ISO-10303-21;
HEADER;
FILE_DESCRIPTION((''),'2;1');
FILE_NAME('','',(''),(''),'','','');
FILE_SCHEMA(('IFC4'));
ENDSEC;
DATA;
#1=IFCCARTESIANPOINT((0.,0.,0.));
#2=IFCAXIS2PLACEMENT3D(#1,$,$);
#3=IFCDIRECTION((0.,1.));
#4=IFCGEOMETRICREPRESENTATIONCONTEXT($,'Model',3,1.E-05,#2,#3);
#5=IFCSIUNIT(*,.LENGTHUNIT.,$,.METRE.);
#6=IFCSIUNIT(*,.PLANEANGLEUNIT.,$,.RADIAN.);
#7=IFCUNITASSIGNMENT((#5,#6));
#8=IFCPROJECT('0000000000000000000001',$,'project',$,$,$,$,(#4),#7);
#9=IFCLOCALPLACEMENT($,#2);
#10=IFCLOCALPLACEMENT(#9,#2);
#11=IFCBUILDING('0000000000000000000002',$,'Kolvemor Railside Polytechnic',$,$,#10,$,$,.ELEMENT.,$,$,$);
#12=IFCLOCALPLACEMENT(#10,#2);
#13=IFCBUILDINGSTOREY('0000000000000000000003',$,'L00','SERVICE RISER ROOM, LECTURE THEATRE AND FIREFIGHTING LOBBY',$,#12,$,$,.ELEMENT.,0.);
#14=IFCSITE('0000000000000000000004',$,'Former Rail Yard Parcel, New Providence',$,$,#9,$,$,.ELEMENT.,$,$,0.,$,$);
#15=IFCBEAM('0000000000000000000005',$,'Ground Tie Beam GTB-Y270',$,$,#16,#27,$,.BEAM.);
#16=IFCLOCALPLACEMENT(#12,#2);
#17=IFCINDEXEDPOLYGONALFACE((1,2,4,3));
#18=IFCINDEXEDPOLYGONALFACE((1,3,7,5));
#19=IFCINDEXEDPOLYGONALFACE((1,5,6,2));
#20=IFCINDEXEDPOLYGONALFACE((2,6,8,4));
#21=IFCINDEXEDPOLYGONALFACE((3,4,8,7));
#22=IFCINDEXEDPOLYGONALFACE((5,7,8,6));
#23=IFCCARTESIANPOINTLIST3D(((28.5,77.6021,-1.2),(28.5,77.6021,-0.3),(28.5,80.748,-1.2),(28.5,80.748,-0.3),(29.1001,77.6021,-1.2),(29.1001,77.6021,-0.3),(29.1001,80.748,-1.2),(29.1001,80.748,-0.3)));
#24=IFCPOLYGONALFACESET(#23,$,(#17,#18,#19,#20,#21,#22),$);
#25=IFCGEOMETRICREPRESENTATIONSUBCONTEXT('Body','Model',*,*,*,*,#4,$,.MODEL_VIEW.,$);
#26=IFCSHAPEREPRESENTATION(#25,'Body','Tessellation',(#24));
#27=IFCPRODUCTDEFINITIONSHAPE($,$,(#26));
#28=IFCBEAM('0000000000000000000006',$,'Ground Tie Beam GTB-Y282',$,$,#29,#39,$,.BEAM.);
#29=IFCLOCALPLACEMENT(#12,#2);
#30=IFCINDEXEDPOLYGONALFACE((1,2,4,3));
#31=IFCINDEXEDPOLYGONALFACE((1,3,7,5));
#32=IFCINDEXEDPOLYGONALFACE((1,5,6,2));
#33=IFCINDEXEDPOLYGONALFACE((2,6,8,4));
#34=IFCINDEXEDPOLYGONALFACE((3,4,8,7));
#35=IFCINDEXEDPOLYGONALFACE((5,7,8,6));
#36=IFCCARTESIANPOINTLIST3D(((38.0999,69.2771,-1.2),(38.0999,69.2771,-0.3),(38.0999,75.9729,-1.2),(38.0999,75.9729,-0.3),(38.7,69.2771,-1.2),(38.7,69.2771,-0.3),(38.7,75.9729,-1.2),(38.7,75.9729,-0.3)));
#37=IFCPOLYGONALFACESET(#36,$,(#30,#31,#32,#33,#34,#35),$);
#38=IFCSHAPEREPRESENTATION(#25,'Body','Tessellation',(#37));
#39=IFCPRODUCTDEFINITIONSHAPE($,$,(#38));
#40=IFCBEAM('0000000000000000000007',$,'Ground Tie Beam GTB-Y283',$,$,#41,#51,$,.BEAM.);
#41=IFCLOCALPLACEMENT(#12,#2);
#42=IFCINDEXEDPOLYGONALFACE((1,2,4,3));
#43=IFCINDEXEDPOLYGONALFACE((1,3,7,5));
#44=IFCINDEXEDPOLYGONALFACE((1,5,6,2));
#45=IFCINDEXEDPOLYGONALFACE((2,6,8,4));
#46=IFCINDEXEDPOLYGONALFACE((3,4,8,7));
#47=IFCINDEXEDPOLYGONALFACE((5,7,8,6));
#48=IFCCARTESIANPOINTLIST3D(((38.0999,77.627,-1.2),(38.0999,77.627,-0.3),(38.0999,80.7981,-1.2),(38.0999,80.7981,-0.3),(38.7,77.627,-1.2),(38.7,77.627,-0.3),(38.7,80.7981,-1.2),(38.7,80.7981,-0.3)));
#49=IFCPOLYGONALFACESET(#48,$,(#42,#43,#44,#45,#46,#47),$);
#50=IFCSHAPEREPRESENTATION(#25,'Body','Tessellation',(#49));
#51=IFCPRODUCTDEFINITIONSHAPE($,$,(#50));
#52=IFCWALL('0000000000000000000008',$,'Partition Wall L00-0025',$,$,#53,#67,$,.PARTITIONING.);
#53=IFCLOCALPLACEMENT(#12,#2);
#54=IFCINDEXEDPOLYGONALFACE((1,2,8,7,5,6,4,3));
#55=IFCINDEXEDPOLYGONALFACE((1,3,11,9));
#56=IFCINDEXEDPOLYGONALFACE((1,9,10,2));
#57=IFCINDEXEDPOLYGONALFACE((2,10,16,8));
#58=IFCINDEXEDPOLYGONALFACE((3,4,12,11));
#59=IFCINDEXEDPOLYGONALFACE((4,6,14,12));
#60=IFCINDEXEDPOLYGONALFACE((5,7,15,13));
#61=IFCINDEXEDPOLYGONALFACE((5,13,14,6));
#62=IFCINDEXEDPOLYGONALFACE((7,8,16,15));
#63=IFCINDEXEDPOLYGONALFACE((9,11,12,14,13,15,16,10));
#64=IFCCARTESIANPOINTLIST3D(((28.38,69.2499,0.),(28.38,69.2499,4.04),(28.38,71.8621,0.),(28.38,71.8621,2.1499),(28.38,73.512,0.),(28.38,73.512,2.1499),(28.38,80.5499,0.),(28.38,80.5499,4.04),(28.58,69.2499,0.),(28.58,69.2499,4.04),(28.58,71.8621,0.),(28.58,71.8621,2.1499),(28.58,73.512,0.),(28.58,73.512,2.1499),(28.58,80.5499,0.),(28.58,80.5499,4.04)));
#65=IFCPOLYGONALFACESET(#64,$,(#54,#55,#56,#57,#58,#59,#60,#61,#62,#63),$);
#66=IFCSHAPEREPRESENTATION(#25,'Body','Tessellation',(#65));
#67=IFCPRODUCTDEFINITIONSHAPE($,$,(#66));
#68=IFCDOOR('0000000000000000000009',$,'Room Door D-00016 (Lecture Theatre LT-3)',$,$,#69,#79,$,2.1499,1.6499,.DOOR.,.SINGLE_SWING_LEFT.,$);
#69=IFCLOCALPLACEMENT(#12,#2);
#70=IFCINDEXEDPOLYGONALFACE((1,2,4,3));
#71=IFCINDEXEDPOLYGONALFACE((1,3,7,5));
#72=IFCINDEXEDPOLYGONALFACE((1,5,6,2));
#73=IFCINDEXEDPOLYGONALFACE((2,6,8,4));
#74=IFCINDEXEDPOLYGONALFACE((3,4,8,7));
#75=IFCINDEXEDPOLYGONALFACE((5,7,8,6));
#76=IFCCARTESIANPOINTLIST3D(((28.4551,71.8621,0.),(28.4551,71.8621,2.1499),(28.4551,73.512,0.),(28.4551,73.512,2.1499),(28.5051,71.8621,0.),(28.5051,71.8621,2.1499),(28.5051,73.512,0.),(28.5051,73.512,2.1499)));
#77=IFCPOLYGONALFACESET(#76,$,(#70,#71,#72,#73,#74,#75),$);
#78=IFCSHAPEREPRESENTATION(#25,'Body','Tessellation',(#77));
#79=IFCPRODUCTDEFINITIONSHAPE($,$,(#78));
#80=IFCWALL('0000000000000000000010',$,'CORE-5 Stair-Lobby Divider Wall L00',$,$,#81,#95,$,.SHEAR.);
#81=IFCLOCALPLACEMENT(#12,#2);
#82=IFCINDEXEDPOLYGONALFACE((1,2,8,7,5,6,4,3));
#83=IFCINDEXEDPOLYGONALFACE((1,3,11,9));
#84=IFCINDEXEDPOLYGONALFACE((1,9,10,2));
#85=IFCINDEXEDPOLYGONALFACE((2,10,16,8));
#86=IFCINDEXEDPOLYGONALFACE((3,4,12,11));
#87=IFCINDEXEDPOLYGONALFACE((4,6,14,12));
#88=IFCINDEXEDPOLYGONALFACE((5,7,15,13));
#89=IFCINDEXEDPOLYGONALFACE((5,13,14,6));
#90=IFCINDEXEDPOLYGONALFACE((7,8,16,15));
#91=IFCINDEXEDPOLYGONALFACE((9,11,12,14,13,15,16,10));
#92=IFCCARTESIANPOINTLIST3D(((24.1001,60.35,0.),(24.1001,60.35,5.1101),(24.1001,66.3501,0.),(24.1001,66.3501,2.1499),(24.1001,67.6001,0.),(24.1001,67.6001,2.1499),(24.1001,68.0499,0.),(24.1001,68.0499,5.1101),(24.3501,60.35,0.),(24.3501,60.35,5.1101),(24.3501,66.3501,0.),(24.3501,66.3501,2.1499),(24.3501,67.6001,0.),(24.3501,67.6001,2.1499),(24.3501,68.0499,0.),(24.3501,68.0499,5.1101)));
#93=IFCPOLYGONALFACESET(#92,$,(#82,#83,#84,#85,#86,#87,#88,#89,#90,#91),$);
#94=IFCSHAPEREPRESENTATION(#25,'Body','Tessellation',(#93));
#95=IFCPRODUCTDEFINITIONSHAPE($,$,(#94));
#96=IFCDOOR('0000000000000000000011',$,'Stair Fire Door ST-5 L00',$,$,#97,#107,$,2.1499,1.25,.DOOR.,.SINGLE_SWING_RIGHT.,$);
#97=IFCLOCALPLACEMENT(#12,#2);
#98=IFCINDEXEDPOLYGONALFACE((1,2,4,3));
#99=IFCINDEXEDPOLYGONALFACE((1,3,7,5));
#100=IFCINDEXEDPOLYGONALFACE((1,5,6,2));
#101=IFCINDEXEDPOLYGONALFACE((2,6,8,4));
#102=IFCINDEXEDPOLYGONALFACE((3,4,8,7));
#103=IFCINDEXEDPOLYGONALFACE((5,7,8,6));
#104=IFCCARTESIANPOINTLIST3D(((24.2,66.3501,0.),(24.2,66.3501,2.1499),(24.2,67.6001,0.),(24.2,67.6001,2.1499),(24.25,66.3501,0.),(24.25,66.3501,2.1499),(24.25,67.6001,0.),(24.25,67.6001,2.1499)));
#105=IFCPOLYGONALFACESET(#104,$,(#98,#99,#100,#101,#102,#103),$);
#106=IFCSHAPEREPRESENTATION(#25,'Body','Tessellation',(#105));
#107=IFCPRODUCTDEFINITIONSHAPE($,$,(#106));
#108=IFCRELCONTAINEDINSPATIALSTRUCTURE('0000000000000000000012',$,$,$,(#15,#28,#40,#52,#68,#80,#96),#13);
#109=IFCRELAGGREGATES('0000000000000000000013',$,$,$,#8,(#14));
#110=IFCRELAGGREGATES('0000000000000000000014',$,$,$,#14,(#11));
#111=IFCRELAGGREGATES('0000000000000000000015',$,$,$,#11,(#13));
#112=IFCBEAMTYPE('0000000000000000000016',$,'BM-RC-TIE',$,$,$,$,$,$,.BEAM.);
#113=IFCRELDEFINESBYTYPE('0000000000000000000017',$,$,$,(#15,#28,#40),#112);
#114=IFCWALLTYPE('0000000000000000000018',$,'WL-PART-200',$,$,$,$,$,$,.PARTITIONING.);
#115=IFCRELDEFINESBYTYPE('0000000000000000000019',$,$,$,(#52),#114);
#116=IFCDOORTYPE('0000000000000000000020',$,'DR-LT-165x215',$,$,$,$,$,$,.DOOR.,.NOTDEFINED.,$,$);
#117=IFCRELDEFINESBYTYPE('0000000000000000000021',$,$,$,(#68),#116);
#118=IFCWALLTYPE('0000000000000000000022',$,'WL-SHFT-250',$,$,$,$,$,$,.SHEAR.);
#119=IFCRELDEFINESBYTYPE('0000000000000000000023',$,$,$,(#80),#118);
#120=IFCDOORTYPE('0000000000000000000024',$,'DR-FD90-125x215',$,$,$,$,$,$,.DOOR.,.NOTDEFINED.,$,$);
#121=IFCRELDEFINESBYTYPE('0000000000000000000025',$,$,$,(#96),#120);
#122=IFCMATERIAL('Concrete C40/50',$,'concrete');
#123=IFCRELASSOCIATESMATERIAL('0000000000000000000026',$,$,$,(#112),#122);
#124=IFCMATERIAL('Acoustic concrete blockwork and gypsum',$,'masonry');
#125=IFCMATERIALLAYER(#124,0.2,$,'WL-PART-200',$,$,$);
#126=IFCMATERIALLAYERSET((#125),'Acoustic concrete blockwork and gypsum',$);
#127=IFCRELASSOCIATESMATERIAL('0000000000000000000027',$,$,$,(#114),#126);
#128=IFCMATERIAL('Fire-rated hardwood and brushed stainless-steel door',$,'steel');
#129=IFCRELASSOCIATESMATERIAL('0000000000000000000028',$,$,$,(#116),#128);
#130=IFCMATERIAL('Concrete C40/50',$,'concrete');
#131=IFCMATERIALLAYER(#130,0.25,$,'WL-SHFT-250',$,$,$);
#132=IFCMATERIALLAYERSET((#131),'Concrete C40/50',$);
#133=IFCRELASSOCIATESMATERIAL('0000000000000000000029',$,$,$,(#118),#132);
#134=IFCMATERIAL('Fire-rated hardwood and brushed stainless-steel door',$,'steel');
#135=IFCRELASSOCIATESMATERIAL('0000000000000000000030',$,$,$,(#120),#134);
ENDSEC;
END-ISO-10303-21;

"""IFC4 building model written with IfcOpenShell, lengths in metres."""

from ifc_helpers import new_model, si_unit, direction, frame, frame_2d, origin, origin_2d, place, context, subcontext, project, spatial, rectangle, extrude, material, layer, layer_set, material_profile, profile_set, type_object, element, fill, save


model = new_model("IFC4")

# Units and contexts
model_context = context("Model", 3, precision=1e-05, world=origin(), true_north=direction((0.0, 1.0)))
body_context = subcontext(model_context, "Body", "Model", "MODEL_VIEW")
ifc_project = project(units=[si_unit("LENGTHUNIT", "METRE"), si_unit("PLANEANGLEUNIT", "RADIAN")], contexts=[model_context])

# Site, building, storey
site_placement = place(None, origin())
site = spatial("IfcSite", under=ifc_project, at=site_placement, Name="Former Rail Yard Parcel, New Providence", CompositionType="ELEMENT", RefElevation=0.0)
building_placement = place(site_placement, origin())
building = spatial("IfcBuilding", under=site, at=building_placement, Name="Kolvemor Railside Polytechnic", CompositionType="ELEMENT")
storey_placement = place(building_placement, origin())
storey = spatial("IfcBuildingStorey", under=building, at=storey_placement, Name="L00", Description="SERVICE RISER ROOM, LECTURE THEATRE AND FIREFIGHTING LOBBY", CompositionType="ELEMENT", Elevation=0.0)

# Beams
ifc_material_1 = material(Name="Concrete C40/50", Category="concrete")
ifc_material_profile_1 = material_profile(ifc_material_1, rectangle(XDim=0.6001, YDim=0.8999, at=origin_2d()), Name="RC600x900")
ifc_profile_set_1 = profile_set([ifc_material_profile_1], Name="Concrete C40/50")
beam_type_1 = type_object("IfcBeamType", Name="BM-RC-TIE", PredefinedType="BEAM", material=ifc_profile_set_1)
beam_1_placement = place(storey_placement, frame((28.8, 77.6021, -0.75), z_axis=(0.0, 1.0, 0.0), x_axis=(-1.0, 0.0, 0.0)))
element("IfcBeam", 1, at=beam_1_placement, inside=storey, type_object=beam_type_1, Name="Ground Tie Beam GTB-Y270", PredefinedType="BEAM", context=body_context, shape_type="SweptSolid", body=[
    extrude(rectangle(XDim=0.6001, YDim=0.8999, at=origin_2d()), origin(), (0.0, 0.0, 1.0), 3.146),
])
beam_2_placement = place(storey_placement, frame((38.3999, 69.2771, -0.75), z_axis=(0.0, 1.0, 0.0), x_axis=(-1.0, 0.0, 0.0)))
element("IfcBeam", 2, at=beam_2_placement, inside=storey, type_object=beam_type_1, Name="Ground Tie Beam GTB-Y282", PredefinedType="BEAM", context=body_context, shape_type="SweptSolid", body=[
    extrude(rectangle(XDim=0.6001, YDim=0.8999, at=origin_2d()), origin(), (0.0, 0.0, 1.0), 6.6958),
])
beam_3_placement = place(storey_placement, frame((38.3999, 77.627, -0.75), z_axis=(0.0, 1.0, 0.0), x_axis=(-1.0, 0.0, 0.0)))
element("IfcBeam", 3, at=beam_3_placement, inside=storey, type_object=beam_type_1, Name="Ground Tie Beam GTB-Y283", PredefinedType="BEAM", context=body_context, shape_type="SweptSolid", body=[
    extrude(rectangle(XDim=0.6001, YDim=0.8999, at=origin_2d()), origin(), (0.0, 0.0, 1.0), 3.1711),
])

# Walls, openings, doors
ifc_material_2 = material(Name="Acoustic concrete blockwork and gypsum", Category="masonry")
ifc_layer_1 = layer(ifc_material_2, 0.2, Name="WL-PART-200")
ifc_layer_set_1 = layer_set([ifc_layer_1], Name="Acoustic concrete blockwork and gypsum")
wall_type_1 = type_object("IfcWallType", Name="WL-PART-200", PredefinedType="PARTITIONING", material=ifc_layer_set_1)
wall_1_placement = place(storey_placement, frame((28.48, 69.25, 0.0), z_axis=(0.0, 0.0, 1.0), x_axis=(0.0, 1.0, 0.0)))
wall_1 = element("IfcWall", 4, at=wall_1_placement, inside=storey, type_object=wall_type_1, Name="Partition Wall L00-0025", PredefinedType="PARTITIONING", context=body_context, shape_type="SweptSolid", body=[
    extrude(rectangle(XDim=11.3, YDim=0.2, at=frame_2d((5.6499, 0.0))), origin(), (0.0, 0.0, 1.0), 4.04),
])
opening_1_placement = place(wall_1_placement, frame((2.6121, 0.0, 0.0)))
opening_1 = element("IfcOpeningElement", 5, at=opening_1_placement, cuts=wall_1, PredefinedType="OPENING", context=body_context, shape_type="SweptSolid", body=[
    extrude(rectangle(XDim=1.6499, YDim=2.1499, at=frame_2d((0.825, 1.075))), frame((0.0, 0.1099, 0.0), z_axis=(0.0, -1.0, 0.0), x_axis=(1.0, 0.0, 0.0)), (0.0, 0.0, 1.0), 0.22),
])
ifc_material_3 = material(Name="Fire-rated hardwood and brushed stainless-steel door", Category="steel")
door_type_1 = type_object("IfcDoorType", Name="DR-LT-165x215", OperationType="NOTDEFINED", PredefinedType="DOOR", material=ifc_material_3)
door_1_placement = place(opening_1_placement, origin())
door_1 = element("IfcDoor", 6, at=door_1_placement, inside=storey, type_object=door_type_1, Name="Room Door D-00016 (Lecture Theatre LT-3)", OperationType="SINGLE_SWING_LEFT", OverallHeight=2.1499, OverallWidth=1.6499, PredefinedType="DOOR", context=body_context, shape_type="SweptSolid", body=[
    extrude(rectangle(XDim=1.6499, YDim=2.1499, at=frame_2d((0.825, 1.075))), frame((0.0, 0.0249, 0.0), z_axis=(0.0, -1.0, 0.0), x_axis=(1.0, 0.0, 0.0)), (0.0, 0.0, 1.0), 0.05),
])
fill(opening_1, door_1)
ifc_material_4 = material(Name="Concrete C40/50", Category="concrete")
ifc_layer_2 = layer(ifc_material_4, 0.25, Name="WL-SHFT-250")
ifc_layer_set_2 = layer_set([ifc_layer_2], Name="Concrete C40/50")
wall_type_2 = type_object("IfcWallType", Name="WL-SHFT-250", PredefinedType="SHEAR", material=ifc_layer_set_2)
wall_2_placement = place(storey_placement, frame((24.2251, 68.05, 0.0), z_axis=(0.0, 0.0, 1.0), x_axis=(0.0, -1.0, 0.0)))
wall_2 = element("IfcWall", 7, at=wall_2_placement, inside=storey, type_object=wall_type_2, Name="CORE-5 Stair-Lobby Divider Wall L00", PredefinedType="SHEAR", context=body_context, shape_type="SweptSolid", body=[
    extrude(rectangle(XDim=7.7, YDim=0.25, at=frame_2d((3.8501, 0.0))), origin(), (0.0, 0.0, 1.0), 5.1101),
])
opening_2_placement = place(wall_2_placement, frame((0.45, 0.0, 0.0)))
opening_2 = element("IfcOpeningElement", 8, at=opening_2_placement, cuts=wall_2, PredefinedType="OPENING", context=body_context, shape_type="SweptSolid", body=[
    extrude(rectangle(XDim=1.25, YDim=2.1499, at=frame_2d((0.625, 1.075))), frame((0.0, 0.135, 0.0), z_axis=(0.0, -1.0, 0.0), x_axis=(1.0, 0.0, 0.0)), (0.0, 0.0, 1.0), 0.27),
])
ifc_material_5 = material(Name="Fire-rated hardwood and brushed stainless-steel door", Category="steel")
door_type_2 = type_object("IfcDoorType", Name="DR-FD90-125x215", OperationType="NOTDEFINED", PredefinedType="DOOR", material=ifc_material_5)
door_2_placement = place(opening_2_placement, origin())
door_2 = element("IfcDoor", 9, at=door_2_placement, inside=storey, type_object=door_type_2, Name="Stair Fire Door ST-5 L00", OperationType="SINGLE_SWING_RIGHT", OverallHeight=2.1499, OverallWidth=1.25, PredefinedType="DOOR", context=body_context, shape_type="SweptSolid", body=[
    extrude(rectangle(XDim=1.25, YDim=2.1499, at=frame_2d((0.625, 1.075))), frame((0.0, 0.0249, 0.0), z_axis=(0.0, -1.0, 0.0), x_axis=(1.0, 0.0, 0.0)), (0.0, 0.0, 1.0), 0.05),
])
fill(opening_2, door_2)

save(model, "model.ifc")
